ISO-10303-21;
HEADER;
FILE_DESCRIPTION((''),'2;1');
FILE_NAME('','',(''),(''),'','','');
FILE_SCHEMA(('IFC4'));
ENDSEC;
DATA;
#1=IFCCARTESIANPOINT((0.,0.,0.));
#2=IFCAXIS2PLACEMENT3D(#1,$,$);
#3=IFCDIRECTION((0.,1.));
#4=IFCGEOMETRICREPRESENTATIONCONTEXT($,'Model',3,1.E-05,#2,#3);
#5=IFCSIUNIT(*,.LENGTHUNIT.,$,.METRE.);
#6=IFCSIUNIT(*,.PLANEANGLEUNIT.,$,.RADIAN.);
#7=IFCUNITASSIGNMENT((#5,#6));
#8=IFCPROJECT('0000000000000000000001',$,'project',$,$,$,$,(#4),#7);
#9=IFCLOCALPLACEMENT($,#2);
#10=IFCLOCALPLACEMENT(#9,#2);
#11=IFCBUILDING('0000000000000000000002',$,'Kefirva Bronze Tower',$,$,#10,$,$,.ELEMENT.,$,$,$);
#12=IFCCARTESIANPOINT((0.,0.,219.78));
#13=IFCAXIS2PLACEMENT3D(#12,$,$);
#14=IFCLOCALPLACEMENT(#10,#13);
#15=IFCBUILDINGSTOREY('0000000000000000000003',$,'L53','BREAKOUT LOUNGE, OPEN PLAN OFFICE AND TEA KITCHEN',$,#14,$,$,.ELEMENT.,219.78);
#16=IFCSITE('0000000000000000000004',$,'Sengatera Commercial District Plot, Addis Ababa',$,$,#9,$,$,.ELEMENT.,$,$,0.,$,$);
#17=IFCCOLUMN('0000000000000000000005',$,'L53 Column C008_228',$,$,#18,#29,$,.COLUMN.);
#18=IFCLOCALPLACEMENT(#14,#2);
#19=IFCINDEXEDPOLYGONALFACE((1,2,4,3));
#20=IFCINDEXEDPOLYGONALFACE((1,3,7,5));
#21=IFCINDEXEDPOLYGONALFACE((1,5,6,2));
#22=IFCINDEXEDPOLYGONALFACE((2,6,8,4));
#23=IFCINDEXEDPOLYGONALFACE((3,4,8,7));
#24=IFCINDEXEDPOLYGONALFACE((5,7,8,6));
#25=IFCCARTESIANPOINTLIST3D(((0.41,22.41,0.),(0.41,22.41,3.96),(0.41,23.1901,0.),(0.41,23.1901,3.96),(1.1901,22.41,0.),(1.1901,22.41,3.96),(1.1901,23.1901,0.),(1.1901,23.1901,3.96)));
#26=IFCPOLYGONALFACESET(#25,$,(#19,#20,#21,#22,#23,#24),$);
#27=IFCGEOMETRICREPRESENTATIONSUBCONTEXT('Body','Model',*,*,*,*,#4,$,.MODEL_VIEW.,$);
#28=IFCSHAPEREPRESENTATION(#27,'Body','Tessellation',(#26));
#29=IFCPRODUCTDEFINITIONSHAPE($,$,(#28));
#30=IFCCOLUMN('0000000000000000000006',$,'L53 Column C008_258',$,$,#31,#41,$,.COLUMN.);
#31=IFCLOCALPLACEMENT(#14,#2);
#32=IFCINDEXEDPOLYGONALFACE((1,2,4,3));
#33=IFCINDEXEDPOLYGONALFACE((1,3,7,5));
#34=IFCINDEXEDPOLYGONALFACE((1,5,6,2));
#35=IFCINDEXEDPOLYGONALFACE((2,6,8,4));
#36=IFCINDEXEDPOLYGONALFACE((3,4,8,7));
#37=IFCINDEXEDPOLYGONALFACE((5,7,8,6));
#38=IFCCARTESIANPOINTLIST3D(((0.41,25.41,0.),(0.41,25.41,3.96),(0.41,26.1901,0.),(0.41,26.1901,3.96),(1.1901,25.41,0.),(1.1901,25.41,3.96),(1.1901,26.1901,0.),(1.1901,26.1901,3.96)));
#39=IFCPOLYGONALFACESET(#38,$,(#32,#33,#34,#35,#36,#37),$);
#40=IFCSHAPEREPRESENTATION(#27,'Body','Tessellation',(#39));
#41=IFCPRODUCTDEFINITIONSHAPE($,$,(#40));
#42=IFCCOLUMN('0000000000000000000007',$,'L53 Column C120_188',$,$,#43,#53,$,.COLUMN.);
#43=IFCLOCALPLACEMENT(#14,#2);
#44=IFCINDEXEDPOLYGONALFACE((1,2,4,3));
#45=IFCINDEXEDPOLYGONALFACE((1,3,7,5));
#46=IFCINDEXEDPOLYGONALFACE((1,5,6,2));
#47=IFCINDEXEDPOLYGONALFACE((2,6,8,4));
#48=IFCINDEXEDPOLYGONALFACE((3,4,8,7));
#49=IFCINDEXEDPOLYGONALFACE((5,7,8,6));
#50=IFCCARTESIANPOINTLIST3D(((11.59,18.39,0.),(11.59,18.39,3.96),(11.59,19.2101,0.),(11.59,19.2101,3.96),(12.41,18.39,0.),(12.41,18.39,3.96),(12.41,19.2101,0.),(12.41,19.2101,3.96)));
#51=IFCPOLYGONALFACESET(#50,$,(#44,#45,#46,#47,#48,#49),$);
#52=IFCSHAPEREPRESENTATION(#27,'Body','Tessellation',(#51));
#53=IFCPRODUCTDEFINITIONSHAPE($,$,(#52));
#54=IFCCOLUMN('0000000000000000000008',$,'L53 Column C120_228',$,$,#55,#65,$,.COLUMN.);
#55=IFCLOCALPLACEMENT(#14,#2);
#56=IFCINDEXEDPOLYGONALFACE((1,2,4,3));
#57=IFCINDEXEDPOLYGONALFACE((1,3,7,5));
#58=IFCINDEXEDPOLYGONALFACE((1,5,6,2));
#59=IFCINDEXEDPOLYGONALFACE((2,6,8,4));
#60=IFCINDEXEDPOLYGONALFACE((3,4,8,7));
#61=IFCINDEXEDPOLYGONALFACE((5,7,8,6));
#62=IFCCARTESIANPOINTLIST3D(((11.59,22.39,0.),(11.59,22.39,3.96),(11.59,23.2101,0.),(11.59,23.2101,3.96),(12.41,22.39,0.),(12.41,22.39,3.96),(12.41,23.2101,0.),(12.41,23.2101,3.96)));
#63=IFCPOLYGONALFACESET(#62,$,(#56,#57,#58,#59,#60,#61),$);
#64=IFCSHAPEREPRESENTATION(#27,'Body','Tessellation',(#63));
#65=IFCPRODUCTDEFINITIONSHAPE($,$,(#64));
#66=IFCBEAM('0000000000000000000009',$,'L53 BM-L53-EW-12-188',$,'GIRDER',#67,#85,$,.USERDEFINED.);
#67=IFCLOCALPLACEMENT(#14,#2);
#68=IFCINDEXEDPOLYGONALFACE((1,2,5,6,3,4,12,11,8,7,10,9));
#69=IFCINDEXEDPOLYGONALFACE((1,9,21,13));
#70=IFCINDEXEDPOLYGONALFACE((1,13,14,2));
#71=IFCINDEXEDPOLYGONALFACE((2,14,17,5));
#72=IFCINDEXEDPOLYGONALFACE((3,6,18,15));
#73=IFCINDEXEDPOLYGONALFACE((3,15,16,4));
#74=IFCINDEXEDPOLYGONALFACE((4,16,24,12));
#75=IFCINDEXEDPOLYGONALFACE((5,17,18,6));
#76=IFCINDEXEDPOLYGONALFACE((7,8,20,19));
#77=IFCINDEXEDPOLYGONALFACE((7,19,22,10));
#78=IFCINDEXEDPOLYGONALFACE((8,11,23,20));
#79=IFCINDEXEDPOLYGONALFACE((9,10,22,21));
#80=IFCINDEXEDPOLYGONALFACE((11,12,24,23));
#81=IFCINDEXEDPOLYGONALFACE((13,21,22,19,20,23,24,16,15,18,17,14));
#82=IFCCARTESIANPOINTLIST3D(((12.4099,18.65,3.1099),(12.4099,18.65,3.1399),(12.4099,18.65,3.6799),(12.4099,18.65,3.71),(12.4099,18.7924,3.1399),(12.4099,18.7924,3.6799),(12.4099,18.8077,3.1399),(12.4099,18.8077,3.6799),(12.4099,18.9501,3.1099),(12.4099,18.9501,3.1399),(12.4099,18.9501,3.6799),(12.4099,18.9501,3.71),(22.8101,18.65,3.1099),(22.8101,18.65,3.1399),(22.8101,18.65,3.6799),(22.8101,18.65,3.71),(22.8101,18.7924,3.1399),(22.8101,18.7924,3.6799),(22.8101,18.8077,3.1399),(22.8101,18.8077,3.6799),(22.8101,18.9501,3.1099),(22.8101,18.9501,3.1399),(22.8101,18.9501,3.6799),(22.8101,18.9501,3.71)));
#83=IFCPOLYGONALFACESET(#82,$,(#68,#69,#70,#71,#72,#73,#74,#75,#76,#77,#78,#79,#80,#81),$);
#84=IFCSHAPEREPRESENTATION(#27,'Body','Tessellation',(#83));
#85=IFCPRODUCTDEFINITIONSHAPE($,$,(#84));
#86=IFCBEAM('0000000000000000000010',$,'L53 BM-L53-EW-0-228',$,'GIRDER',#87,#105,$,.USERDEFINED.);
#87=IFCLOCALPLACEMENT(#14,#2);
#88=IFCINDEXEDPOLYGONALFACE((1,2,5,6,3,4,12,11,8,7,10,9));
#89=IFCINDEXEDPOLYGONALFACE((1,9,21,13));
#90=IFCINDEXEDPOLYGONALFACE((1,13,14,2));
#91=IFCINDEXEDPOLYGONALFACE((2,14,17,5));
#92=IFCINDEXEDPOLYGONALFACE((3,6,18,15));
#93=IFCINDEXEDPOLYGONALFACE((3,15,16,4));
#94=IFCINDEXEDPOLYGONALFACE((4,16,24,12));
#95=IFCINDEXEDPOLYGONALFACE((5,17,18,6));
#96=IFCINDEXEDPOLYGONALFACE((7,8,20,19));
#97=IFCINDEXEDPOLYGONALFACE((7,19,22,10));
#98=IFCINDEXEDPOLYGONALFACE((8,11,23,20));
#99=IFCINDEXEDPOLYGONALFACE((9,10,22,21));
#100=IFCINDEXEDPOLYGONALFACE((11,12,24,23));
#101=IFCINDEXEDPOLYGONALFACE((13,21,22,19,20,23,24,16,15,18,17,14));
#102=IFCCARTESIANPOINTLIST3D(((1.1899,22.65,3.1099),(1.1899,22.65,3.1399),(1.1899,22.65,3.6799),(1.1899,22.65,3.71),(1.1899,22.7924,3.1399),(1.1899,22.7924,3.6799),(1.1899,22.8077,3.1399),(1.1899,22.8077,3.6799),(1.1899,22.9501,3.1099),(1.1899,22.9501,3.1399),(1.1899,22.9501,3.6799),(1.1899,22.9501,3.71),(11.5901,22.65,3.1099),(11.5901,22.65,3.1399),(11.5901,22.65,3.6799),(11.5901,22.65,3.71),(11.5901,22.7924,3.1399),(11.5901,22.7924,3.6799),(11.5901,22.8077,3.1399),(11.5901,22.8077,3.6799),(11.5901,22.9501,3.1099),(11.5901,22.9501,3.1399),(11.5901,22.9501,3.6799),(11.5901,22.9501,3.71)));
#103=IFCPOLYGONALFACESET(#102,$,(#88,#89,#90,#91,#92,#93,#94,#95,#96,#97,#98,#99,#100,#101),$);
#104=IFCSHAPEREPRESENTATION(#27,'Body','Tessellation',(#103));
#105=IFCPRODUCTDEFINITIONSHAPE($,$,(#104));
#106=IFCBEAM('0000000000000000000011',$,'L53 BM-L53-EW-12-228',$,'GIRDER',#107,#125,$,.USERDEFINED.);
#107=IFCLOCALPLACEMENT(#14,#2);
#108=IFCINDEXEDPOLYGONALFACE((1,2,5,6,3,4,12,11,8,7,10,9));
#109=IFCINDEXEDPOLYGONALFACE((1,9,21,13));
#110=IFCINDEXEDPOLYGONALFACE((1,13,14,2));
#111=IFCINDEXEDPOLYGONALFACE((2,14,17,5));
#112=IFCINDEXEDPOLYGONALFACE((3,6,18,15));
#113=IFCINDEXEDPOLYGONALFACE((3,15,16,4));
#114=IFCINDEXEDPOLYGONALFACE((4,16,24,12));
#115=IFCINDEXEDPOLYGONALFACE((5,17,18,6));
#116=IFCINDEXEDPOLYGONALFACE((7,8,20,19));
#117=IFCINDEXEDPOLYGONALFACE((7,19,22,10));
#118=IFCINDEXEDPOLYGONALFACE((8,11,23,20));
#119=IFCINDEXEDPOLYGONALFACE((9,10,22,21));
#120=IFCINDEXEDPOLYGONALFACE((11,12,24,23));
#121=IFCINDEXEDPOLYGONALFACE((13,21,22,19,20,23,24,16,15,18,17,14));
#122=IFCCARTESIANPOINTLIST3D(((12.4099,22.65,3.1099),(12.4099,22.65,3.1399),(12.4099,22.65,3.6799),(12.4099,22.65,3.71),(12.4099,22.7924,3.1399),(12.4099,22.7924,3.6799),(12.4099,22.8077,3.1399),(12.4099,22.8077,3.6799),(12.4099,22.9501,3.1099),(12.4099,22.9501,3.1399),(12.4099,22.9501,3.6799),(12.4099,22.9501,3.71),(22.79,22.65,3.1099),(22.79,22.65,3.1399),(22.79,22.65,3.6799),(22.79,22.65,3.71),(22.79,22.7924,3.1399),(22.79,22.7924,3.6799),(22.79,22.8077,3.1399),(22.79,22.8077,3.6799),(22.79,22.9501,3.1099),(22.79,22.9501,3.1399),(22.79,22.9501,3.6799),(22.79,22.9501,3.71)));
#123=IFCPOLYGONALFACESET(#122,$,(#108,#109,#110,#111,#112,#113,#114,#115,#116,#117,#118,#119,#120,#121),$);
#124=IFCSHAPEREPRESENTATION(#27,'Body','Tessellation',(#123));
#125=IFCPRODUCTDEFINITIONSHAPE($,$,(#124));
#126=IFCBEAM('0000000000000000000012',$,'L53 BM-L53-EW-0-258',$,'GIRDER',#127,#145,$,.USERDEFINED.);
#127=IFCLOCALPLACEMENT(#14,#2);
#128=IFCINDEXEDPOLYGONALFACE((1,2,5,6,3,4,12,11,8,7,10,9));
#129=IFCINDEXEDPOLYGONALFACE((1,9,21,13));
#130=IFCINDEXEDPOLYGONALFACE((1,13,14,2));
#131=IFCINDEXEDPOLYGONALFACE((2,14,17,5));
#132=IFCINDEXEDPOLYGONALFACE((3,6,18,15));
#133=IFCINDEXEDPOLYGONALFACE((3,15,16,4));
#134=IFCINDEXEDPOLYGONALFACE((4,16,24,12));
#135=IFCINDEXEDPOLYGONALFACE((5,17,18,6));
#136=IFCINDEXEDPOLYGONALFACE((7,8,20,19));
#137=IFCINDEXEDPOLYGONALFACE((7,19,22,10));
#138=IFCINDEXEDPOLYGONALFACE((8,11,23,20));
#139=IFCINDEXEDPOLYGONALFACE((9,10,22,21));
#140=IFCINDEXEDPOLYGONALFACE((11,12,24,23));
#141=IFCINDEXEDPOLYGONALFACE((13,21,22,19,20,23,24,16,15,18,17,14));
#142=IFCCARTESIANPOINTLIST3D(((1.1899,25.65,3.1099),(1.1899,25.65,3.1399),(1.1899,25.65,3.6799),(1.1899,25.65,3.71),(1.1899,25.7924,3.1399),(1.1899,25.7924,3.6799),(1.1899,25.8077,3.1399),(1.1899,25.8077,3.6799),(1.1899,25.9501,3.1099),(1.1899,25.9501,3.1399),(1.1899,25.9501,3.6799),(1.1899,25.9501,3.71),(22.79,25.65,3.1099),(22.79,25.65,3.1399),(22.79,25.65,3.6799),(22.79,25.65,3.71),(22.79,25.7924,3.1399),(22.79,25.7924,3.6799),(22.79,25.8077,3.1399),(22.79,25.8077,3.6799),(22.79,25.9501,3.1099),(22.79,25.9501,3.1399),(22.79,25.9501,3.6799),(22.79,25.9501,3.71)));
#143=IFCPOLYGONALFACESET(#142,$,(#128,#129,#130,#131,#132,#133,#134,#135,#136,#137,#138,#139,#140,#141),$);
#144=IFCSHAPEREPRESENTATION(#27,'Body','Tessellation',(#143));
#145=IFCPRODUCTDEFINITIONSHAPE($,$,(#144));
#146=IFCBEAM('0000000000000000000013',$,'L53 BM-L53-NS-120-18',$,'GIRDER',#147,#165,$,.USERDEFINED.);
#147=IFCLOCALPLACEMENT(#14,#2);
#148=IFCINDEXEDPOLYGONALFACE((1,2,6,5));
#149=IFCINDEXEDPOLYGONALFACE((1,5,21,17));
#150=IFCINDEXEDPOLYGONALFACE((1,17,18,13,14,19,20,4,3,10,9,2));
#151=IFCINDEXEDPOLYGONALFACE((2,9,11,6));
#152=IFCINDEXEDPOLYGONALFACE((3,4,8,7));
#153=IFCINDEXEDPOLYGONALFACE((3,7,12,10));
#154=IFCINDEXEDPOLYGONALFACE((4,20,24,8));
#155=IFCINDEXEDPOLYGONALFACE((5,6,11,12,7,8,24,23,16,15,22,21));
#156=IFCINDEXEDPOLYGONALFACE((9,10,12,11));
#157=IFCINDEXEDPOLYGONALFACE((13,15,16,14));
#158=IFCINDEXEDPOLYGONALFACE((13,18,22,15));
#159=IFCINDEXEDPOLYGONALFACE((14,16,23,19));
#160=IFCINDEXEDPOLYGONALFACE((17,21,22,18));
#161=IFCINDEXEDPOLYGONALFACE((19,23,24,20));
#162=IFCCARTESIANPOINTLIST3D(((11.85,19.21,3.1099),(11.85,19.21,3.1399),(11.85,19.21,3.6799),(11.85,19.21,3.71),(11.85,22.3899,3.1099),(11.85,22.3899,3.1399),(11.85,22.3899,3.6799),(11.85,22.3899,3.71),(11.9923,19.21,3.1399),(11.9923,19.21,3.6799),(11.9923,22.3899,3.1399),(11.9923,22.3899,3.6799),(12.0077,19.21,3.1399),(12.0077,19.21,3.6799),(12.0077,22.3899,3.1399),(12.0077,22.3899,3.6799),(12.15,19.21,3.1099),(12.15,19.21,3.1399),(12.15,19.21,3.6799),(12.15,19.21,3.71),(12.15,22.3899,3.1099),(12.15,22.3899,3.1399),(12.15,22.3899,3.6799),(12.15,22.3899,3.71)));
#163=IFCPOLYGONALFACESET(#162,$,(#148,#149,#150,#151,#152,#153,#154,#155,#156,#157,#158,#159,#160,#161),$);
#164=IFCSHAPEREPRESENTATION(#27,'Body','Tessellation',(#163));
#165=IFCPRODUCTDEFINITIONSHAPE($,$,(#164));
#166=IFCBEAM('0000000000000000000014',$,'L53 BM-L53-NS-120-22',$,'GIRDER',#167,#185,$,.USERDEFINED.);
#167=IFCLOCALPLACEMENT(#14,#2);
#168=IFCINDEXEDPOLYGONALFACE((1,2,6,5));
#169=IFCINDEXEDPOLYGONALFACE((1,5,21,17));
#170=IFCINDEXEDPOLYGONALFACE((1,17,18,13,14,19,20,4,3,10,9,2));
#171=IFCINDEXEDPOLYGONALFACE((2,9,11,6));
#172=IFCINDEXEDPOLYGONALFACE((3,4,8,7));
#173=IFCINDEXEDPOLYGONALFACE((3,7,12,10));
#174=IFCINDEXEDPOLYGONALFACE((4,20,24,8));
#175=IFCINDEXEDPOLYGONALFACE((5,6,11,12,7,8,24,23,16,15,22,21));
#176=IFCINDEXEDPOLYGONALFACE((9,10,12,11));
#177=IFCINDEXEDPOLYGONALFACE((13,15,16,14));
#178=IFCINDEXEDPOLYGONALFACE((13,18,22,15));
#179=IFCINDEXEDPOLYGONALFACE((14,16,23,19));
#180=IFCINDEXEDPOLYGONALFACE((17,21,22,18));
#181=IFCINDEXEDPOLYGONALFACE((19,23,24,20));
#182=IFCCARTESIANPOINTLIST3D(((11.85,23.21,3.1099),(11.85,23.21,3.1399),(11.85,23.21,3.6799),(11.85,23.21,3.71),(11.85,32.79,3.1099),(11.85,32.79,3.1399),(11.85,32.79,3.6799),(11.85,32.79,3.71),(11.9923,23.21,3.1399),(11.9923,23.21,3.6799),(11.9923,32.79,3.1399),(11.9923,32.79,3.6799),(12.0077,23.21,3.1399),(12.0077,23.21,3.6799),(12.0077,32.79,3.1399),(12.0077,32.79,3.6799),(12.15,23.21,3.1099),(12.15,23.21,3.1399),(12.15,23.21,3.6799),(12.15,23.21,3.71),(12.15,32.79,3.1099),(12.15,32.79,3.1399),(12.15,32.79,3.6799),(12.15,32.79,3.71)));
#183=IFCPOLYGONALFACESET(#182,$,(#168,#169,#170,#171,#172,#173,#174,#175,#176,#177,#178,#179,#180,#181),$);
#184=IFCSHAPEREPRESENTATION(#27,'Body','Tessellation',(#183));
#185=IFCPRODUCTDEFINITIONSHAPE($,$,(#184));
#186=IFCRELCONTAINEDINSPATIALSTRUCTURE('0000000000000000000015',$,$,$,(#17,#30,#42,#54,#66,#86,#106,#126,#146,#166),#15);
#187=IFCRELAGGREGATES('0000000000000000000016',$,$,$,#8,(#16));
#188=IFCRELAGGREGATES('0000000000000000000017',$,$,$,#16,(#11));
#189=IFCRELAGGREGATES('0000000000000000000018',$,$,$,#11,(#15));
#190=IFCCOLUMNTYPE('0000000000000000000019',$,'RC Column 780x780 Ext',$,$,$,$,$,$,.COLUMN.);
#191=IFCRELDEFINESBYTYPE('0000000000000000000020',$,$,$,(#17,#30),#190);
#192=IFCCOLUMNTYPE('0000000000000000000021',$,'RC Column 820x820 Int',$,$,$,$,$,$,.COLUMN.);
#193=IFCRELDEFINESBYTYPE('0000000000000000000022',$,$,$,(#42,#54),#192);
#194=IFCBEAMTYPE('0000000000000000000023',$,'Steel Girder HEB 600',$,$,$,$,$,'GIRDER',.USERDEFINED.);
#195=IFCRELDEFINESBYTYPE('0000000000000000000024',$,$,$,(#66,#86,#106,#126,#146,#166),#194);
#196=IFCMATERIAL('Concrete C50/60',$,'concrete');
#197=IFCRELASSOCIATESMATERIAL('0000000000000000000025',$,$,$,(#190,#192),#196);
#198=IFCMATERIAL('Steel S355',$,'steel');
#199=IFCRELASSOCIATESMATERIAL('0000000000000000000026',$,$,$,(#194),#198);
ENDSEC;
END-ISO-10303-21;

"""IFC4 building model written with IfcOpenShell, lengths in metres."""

from ifc_helpers import new_model, si_unit, direction, frame, origin, origin_2d, place, context, subcontext, project, spatial, rectangle, i_section, extrude, material, material_profile, profile_set, type_object, element, save


model = new_model("IFC4")

# Units and contexts
model_context = context("Model", 3, precision=1e-05, world=origin(), true_north=direction((0.0, 1.0)))
body_context = subcontext(model_context, "Body", "Model", "MODEL_VIEW")
ifc_project = project(units=[si_unit("LENGTHUNIT", "METRE"), si_unit("PLANEANGLEUNIT", "RADIAN")], contexts=[model_context])

# Site, building, storey
site_placement = place(None, origin())
site = spatial("IfcSite", under=ifc_project, at=site_placement, Name="Sengatera Commercial District Plot, Addis Ababa", CompositionType="ELEMENT", RefElevation=0.0)
building_placement = place(site_placement, origin())
building = spatial("IfcBuilding", under=site, at=building_placement, Name="Kefirva Bronze Tower", CompositionType="ELEMENT")
storey_placement = place(building_placement, frame((0.0, 0.0, 219.78)))
storey = spatial("IfcBuildingStorey", under=building, at=storey_placement, Name="L53", Description="BREAKOUT LOUNGE, OPEN PLAN OFFICE AND TEA KITCHEN", CompositionType="ELEMENT", Elevation=219.78)

# Columns
ifc_material_1 = material(Name="Concrete C50/60", Category="concrete")
ifc_material_profile_1 = material_profile(ifc_material_1, rectangle(XDim=0.78, YDim=0.78, at=origin_2d()), Name="RC 780x780")
ifc_profile_set_1 = profile_set([ifc_material_profile_1], Name="Concrete C50/60")
column_type_1 = type_object("IfcColumnType", Name="RC Column 780x780 Ext", PredefinedType="COLUMN", material=ifc_profile_set_1)
for number, where, z_axis, x_axis, name in (
    (1, (0.8, 22.8, 0.0), (0.0, 0.0, 1.0), (1.0, 0.0, 0.0), "L53 Column C008_228"),
    (2, (0.8, 25.8, 0.0), (0.0, 0.0, 1.0), (1.0, 0.0, 0.0), "L53 Column C008_258"),
):
    element("IfcColumn", number, at=place(storey_placement, frame(where, z_axis=z_axis, x_axis=x_axis)), inside=storey, type_object=column_type_1, Name=name, PredefinedType="COLUMN", context=body_context, shape_type="SweptSolid", body=[
        extrude(rectangle(XDim=0.78, YDim=0.78, at=origin_2d()), origin(), (0.0, 0.0, 1.0), 3.96),
    ])
ifc_material_profile_2 = material_profile(ifc_material_1, rectangle(XDim=0.8201, YDim=0.8201, at=origin_2d()), Name="RC 820x820")
ifc_profile_set_2 = profile_set([ifc_material_profile_2], Name="Concrete C50/60")
column_type_2 = type_object("IfcColumnType", Name="RC Column 820x820 Int", PredefinedType="COLUMN", material=ifc_profile_set_2)
for number, where, z_axis, x_axis, name in (
    (3, (12.0, 18.8, 0.0), (0.0, 0.0, 1.0), (1.0, 0.0, 0.0), "L53 Column C120_188"),
    (4, (12.0, 22.8, 0.0), (0.0, 0.0, 1.0), (1.0, 0.0, 0.0), "L53 Column C120_228"),
):
    element("IfcColumn", number, at=place(storey_placement, frame(where, z_axis=z_axis, x_axis=x_axis)), inside=storey, type_object=column_type_2, Name=name, PredefinedType="COLUMN", context=body_context, shape_type="SweptSolid", body=[
        extrude(rectangle(XDim=0.8201, YDim=0.8201, at=origin_2d()), origin(), (0.0, 0.0, 1.0), 3.96),
    ])

# Beams
ifc_material_2 = material(Name="Steel S355", Category="steel")
ifc_material_profile_3 = material_profile(ifc_material_2, i_section(OverallWidth=0.3, OverallDepth=0.6001, WebThickness=0.0154, FlangeThickness=0.03, at=origin_2d()), Name="HEB 600")
ifc_profile_set_3 = profile_set([ifc_material_profile_3], Name="Steel S355")
beam_type_1 = type_object("IfcBeamType", Name="Steel Girder HEB 600", ElementType="GIRDER", PredefinedType="USERDEFINED", material=ifc_profile_set_3)
for number, where, z_axis, x_axis, name in (
    (5, (12.4099, 18.8, 3.4099), (1.0, 0.0, 0.0), (0.0, 1.0, 0.0), "L53 BM-L53-EW-12-188"),
    (6, (1.1899, 22.8, 3.4099), (1.0, 0.0, 0.0), (0.0, 1.0, 0.0), "L53 BM-L53-EW-0-228"),
):
    element("IfcBeam", number, at=place(storey_placement, frame(where, z_axis=z_axis, x_axis=x_axis)), inside=storey, type_object=beam_type_1, Name=name, ObjectType="GIRDER", PredefinedType="USERDEFINED", context=body_context, shape_type="SweptSolid", body=[
        extrude(i_section(OverallWidth=0.3, OverallDepth=0.6001, WebThickness=0.0154, FlangeThickness=0.03, at=origin_2d()), origin(), (0.0, 0.0, 1.0), 10.4001),
    ])
beam_1_placement = place(storey_placement, frame((12.4099, 22.8, 3.4099), z_axis=(1.0, 0.0, 0.0), x_axis=(0.0, 1.0, 0.0)))
element("IfcBeam", 7, at=beam_1_placement, inside=storey, type_object=beam_type_1, Name="L53 BM-L53-EW-12-228", ObjectType="GIRDER", PredefinedType="USERDEFINED", context=body_context, shape_type="SweptSolid", body=[
    extrude(i_section(OverallWidth=0.3, OverallDepth=0.6001, WebThickness=0.0154, FlangeThickness=0.03, at=origin_2d()), origin(), (0.0, 0.0, 1.0), 10.3801),
])
beam_2_placement = place(storey_placement, frame((1.1899, 25.8, 3.4099), z_axis=(1.0, 0.0, 0.0), x_axis=(0.0, 1.0, 0.0)))
element("IfcBeam", 8, at=beam_2_placement, inside=storey, type_object=beam_type_1, Name="L53 BM-L53-EW-0-258", ObjectType="GIRDER", PredefinedType="USERDEFINED", context=body_context, shape_type="SweptSolid", body=[
    extrude(i_section(OverallWidth=0.3, OverallDepth=0.6001, WebThickness=0.0154, FlangeThickness=0.03, at=origin_2d()), origin(), (0.0, 0.0, 1.0), 21.6001),
])
beam_3_placement = place(storey_placement, frame((12.0, 19.21, 3.4099), z_axis=(0.0, 1.0, 0.0), x_axis=(-1.0, 0.0, 0.0)))
element("IfcBeam", 9, at=beam_3_placement, inside=storey, type_object=beam_type_1, Name="L53 BM-L53-NS-120-18", ObjectType="GIRDER", PredefinedType="USERDEFINED", context=body_context, shape_type="SweptSolid", body=[
    extrude(i_section(OverallWidth=0.3, OverallDepth=0.6001, WebThickness=0.0154, FlangeThickness=0.03, at=origin_2d()), origin(), (0.0, 0.0, 1.0), 3.1799),
])
beam_4_placement = place(storey_placement, frame((12.0, 23.21, 3.4099), z_axis=(0.0, 1.0, 0.0), x_axis=(-1.0, 0.0, 0.0)))
element("IfcBeam", 10, at=beam_4_placement, inside=storey, type_object=beam_type_1, Name="L53 BM-L53-NS-120-22", ObjectType="GIRDER", PredefinedType="USERDEFINED", context=body_context, shape_type="SweptSolid", body=[
    extrude(i_section(OverallWidth=0.3, OverallDepth=0.6001, WebThickness=0.0154, FlangeThickness=0.03, at=origin_2d()), origin(), (0.0, 0.0, 1.0), 9.5801),
])

save(model, "model.ifc")
